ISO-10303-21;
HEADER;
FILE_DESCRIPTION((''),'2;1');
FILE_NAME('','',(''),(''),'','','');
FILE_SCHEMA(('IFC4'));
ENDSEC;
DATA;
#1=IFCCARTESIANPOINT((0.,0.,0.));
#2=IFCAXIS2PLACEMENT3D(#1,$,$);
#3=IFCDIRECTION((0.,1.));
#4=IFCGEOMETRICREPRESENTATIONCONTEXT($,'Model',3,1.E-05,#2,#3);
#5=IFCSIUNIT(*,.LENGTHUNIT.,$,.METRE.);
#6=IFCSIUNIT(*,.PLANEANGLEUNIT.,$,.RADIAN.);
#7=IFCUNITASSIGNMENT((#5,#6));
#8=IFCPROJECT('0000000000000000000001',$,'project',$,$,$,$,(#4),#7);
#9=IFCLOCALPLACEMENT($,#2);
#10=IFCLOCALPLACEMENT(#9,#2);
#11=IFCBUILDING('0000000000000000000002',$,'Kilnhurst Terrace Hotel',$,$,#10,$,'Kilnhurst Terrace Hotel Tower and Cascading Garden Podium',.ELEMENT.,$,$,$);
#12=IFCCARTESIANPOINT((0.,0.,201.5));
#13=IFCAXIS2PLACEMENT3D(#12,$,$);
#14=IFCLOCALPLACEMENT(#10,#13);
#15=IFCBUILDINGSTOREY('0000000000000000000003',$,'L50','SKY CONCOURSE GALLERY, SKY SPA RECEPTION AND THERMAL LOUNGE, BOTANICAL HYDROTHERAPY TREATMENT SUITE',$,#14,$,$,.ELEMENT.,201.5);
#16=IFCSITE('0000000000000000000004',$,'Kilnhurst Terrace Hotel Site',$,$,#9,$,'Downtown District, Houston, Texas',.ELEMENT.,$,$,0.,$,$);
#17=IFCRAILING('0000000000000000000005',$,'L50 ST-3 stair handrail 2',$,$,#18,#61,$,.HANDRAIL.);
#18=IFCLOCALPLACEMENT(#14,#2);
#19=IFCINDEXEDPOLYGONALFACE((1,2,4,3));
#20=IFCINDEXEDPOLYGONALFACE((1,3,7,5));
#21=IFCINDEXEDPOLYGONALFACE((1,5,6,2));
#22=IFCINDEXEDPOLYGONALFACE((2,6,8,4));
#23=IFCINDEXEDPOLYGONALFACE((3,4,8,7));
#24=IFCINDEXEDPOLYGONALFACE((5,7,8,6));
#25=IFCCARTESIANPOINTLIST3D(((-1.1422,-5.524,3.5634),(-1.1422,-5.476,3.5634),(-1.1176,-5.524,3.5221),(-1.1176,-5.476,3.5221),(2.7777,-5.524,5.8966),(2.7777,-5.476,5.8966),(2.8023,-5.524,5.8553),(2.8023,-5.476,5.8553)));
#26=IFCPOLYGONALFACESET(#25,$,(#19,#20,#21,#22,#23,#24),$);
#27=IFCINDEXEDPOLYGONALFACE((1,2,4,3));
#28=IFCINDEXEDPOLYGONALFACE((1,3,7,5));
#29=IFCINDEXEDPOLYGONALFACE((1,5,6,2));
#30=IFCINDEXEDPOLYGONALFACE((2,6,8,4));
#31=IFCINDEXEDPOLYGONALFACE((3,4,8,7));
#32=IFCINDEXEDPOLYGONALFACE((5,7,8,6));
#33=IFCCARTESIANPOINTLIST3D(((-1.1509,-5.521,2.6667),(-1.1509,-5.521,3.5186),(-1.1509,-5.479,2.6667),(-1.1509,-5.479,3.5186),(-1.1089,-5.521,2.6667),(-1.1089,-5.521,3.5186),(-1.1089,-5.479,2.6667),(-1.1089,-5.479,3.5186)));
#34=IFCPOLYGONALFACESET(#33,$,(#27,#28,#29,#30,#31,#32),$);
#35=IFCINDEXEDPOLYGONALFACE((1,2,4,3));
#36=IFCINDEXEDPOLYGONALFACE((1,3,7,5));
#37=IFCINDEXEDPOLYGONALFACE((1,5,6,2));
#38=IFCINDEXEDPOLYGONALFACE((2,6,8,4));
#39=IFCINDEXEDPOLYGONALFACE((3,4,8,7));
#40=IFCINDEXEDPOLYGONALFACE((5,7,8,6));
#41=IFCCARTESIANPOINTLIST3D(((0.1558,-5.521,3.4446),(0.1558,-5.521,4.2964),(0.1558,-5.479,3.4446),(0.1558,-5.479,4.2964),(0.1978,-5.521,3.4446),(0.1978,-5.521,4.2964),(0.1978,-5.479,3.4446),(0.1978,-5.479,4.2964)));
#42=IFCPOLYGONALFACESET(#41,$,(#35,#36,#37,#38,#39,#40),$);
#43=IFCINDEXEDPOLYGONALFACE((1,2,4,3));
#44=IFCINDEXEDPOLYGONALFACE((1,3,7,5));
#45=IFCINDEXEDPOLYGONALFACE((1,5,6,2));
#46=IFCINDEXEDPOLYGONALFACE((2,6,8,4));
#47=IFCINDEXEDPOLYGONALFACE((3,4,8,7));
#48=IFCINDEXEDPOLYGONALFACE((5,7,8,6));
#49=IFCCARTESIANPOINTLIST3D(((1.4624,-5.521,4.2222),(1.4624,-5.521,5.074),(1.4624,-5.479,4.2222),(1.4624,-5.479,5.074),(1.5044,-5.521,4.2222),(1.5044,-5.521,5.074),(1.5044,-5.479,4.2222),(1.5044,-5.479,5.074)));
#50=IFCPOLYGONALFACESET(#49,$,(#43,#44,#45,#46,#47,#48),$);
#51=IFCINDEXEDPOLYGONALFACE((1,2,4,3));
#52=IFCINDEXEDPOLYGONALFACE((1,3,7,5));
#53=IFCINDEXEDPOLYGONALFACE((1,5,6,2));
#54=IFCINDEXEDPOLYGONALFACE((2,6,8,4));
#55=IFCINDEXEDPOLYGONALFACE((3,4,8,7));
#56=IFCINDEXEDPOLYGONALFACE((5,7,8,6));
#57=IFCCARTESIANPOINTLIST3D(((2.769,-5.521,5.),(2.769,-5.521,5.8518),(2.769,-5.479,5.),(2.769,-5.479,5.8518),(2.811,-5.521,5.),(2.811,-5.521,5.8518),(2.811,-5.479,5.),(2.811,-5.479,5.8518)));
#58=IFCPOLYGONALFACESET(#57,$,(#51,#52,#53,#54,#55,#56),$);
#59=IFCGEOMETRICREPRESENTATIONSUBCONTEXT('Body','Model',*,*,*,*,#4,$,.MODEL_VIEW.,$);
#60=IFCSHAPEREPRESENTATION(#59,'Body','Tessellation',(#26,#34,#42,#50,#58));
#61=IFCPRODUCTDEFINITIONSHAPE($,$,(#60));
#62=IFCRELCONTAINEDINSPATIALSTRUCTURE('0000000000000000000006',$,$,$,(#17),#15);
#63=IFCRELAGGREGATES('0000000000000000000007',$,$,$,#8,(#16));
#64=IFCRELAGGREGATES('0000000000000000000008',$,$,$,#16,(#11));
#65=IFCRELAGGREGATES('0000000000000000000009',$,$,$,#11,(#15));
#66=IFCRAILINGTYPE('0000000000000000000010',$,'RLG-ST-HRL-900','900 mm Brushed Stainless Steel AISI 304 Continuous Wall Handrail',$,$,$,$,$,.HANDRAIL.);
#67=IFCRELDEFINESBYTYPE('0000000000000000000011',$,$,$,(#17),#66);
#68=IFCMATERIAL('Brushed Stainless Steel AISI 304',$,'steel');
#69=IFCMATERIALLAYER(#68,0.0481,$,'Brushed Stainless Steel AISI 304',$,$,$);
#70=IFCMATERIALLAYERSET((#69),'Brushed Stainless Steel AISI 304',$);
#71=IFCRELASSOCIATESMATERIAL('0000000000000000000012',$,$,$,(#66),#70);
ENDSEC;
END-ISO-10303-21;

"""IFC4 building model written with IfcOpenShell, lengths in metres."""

from ifc_helpers import new_model, si_unit, direction, frame, origin, origin_2d, place, context, subcontext, project, spatial, rectangle, extrude, material, layer, layer_set, type_object, element, save


model = new_model("IFC4")

# Units and contexts
model_context = context("Model", 3, precision=1e-05, world=origin(), true_north=direction((0.0, 1.0)))
body_context = subcontext(model_context, "Body", "Model", "MODEL_VIEW")
ifc_project = project(units=[si_unit("LENGTHUNIT", "METRE"), si_unit("PLANEANGLEUNIT", "RADIAN")], contexts=[model_context])

# Site, building, storey
site_placement = place(None, origin())
site = spatial("IfcSite", under=ifc_project, at=site_placement, Name="Kilnhurst Terrace Hotel Site", LongName="Downtown District, Houston, Texas", CompositionType="ELEMENT", RefElevation=0.0)
building_placement = place(site_placement, origin())
building = spatial("IfcBuilding", under=site, at=building_placement, Name="Kilnhurst Terrace Hotel", LongName="Kilnhurst Terrace Hotel Tower and Cascading Garden Podium", CompositionType="ELEMENT")
storey_placement = place(building_placement, frame((0.0, 0.0, 201.5)))
storey = spatial("IfcBuildingStorey", under=building, at=storey_placement, Name="L50", Description="SKY CONCOURSE GALLERY, SKY SPA RECEPTION AND THERMAL LOUNGE, BOTANICAL HYDROTHERAPY TREATMENT SUITE", CompositionType="ELEMENT", Elevation=201.5)

# Railing
ifc_material_1 = material(Name="Brushed Stainless Steel AISI 304", Category="steel")
ifc_layer_1 = layer(ifc_material_1, 0.0481, Name="Brushed Stainless Steel AISI 304")
ifc_layer_set_1 = layer_set([ifc_layer_1], Name="Brushed Stainless Steel AISI 304")
railing_type_1 = type_object("IfcRailingType", Name="RLG-ST-HRL-900", Description="900 mm Brushed Stainless Steel AISI 304 Continuous Wall Handrail", PredefinedType="HANDRAIL", material=ifc_layer_set_1)
railing_1_placement = place(storey_placement, frame((-1.1299, -5.5, 2.6667)))
element("IfcRailing", 1, at=railing_1_placement, inside=storey, type_object=railing_type_1, Name="L50 ST-3 stair handrail 2", PredefinedType="HANDRAIL", context=body_context, shape_type="SweptSolid", body=[
    extrude(rectangle(XDim=0.0481, YDim=0.0481, at=origin_2d()), frame((0.0, 0.0, 0.876), z_axis=(0.859296, 0.0, 0.511478), x_axis=(0.0, 1.0, 0.0)), (0.0, 0.0, 1.0), 4.5618),
    extrude(rectangle(XDim=0.042, YDim=0.042, at=origin_2d()), origin(), (0.0, 0.0, 1.0), 0.8518),
    extrude(rectangle(XDim=0.042, YDim=0.042, at=origin_2d()), frame((1.3066, 0.0, 0.7778)), (0.0, 0.0, 1.0), 0.8518),
    extrude(rectangle(XDim=0.042, YDim=0.042, at=origin_2d()), frame((2.6133, 0.0, 1.5554)), (0.0, 0.0, 1.0), 0.8518),
    extrude(rectangle(XDim=0.042, YDim=0.042, at=origin_2d()), frame((3.9199, 0.0, 2.3333)), (0.0, 0.0, 1.0), 0.8518),
])

save(model, "model.ifc")
